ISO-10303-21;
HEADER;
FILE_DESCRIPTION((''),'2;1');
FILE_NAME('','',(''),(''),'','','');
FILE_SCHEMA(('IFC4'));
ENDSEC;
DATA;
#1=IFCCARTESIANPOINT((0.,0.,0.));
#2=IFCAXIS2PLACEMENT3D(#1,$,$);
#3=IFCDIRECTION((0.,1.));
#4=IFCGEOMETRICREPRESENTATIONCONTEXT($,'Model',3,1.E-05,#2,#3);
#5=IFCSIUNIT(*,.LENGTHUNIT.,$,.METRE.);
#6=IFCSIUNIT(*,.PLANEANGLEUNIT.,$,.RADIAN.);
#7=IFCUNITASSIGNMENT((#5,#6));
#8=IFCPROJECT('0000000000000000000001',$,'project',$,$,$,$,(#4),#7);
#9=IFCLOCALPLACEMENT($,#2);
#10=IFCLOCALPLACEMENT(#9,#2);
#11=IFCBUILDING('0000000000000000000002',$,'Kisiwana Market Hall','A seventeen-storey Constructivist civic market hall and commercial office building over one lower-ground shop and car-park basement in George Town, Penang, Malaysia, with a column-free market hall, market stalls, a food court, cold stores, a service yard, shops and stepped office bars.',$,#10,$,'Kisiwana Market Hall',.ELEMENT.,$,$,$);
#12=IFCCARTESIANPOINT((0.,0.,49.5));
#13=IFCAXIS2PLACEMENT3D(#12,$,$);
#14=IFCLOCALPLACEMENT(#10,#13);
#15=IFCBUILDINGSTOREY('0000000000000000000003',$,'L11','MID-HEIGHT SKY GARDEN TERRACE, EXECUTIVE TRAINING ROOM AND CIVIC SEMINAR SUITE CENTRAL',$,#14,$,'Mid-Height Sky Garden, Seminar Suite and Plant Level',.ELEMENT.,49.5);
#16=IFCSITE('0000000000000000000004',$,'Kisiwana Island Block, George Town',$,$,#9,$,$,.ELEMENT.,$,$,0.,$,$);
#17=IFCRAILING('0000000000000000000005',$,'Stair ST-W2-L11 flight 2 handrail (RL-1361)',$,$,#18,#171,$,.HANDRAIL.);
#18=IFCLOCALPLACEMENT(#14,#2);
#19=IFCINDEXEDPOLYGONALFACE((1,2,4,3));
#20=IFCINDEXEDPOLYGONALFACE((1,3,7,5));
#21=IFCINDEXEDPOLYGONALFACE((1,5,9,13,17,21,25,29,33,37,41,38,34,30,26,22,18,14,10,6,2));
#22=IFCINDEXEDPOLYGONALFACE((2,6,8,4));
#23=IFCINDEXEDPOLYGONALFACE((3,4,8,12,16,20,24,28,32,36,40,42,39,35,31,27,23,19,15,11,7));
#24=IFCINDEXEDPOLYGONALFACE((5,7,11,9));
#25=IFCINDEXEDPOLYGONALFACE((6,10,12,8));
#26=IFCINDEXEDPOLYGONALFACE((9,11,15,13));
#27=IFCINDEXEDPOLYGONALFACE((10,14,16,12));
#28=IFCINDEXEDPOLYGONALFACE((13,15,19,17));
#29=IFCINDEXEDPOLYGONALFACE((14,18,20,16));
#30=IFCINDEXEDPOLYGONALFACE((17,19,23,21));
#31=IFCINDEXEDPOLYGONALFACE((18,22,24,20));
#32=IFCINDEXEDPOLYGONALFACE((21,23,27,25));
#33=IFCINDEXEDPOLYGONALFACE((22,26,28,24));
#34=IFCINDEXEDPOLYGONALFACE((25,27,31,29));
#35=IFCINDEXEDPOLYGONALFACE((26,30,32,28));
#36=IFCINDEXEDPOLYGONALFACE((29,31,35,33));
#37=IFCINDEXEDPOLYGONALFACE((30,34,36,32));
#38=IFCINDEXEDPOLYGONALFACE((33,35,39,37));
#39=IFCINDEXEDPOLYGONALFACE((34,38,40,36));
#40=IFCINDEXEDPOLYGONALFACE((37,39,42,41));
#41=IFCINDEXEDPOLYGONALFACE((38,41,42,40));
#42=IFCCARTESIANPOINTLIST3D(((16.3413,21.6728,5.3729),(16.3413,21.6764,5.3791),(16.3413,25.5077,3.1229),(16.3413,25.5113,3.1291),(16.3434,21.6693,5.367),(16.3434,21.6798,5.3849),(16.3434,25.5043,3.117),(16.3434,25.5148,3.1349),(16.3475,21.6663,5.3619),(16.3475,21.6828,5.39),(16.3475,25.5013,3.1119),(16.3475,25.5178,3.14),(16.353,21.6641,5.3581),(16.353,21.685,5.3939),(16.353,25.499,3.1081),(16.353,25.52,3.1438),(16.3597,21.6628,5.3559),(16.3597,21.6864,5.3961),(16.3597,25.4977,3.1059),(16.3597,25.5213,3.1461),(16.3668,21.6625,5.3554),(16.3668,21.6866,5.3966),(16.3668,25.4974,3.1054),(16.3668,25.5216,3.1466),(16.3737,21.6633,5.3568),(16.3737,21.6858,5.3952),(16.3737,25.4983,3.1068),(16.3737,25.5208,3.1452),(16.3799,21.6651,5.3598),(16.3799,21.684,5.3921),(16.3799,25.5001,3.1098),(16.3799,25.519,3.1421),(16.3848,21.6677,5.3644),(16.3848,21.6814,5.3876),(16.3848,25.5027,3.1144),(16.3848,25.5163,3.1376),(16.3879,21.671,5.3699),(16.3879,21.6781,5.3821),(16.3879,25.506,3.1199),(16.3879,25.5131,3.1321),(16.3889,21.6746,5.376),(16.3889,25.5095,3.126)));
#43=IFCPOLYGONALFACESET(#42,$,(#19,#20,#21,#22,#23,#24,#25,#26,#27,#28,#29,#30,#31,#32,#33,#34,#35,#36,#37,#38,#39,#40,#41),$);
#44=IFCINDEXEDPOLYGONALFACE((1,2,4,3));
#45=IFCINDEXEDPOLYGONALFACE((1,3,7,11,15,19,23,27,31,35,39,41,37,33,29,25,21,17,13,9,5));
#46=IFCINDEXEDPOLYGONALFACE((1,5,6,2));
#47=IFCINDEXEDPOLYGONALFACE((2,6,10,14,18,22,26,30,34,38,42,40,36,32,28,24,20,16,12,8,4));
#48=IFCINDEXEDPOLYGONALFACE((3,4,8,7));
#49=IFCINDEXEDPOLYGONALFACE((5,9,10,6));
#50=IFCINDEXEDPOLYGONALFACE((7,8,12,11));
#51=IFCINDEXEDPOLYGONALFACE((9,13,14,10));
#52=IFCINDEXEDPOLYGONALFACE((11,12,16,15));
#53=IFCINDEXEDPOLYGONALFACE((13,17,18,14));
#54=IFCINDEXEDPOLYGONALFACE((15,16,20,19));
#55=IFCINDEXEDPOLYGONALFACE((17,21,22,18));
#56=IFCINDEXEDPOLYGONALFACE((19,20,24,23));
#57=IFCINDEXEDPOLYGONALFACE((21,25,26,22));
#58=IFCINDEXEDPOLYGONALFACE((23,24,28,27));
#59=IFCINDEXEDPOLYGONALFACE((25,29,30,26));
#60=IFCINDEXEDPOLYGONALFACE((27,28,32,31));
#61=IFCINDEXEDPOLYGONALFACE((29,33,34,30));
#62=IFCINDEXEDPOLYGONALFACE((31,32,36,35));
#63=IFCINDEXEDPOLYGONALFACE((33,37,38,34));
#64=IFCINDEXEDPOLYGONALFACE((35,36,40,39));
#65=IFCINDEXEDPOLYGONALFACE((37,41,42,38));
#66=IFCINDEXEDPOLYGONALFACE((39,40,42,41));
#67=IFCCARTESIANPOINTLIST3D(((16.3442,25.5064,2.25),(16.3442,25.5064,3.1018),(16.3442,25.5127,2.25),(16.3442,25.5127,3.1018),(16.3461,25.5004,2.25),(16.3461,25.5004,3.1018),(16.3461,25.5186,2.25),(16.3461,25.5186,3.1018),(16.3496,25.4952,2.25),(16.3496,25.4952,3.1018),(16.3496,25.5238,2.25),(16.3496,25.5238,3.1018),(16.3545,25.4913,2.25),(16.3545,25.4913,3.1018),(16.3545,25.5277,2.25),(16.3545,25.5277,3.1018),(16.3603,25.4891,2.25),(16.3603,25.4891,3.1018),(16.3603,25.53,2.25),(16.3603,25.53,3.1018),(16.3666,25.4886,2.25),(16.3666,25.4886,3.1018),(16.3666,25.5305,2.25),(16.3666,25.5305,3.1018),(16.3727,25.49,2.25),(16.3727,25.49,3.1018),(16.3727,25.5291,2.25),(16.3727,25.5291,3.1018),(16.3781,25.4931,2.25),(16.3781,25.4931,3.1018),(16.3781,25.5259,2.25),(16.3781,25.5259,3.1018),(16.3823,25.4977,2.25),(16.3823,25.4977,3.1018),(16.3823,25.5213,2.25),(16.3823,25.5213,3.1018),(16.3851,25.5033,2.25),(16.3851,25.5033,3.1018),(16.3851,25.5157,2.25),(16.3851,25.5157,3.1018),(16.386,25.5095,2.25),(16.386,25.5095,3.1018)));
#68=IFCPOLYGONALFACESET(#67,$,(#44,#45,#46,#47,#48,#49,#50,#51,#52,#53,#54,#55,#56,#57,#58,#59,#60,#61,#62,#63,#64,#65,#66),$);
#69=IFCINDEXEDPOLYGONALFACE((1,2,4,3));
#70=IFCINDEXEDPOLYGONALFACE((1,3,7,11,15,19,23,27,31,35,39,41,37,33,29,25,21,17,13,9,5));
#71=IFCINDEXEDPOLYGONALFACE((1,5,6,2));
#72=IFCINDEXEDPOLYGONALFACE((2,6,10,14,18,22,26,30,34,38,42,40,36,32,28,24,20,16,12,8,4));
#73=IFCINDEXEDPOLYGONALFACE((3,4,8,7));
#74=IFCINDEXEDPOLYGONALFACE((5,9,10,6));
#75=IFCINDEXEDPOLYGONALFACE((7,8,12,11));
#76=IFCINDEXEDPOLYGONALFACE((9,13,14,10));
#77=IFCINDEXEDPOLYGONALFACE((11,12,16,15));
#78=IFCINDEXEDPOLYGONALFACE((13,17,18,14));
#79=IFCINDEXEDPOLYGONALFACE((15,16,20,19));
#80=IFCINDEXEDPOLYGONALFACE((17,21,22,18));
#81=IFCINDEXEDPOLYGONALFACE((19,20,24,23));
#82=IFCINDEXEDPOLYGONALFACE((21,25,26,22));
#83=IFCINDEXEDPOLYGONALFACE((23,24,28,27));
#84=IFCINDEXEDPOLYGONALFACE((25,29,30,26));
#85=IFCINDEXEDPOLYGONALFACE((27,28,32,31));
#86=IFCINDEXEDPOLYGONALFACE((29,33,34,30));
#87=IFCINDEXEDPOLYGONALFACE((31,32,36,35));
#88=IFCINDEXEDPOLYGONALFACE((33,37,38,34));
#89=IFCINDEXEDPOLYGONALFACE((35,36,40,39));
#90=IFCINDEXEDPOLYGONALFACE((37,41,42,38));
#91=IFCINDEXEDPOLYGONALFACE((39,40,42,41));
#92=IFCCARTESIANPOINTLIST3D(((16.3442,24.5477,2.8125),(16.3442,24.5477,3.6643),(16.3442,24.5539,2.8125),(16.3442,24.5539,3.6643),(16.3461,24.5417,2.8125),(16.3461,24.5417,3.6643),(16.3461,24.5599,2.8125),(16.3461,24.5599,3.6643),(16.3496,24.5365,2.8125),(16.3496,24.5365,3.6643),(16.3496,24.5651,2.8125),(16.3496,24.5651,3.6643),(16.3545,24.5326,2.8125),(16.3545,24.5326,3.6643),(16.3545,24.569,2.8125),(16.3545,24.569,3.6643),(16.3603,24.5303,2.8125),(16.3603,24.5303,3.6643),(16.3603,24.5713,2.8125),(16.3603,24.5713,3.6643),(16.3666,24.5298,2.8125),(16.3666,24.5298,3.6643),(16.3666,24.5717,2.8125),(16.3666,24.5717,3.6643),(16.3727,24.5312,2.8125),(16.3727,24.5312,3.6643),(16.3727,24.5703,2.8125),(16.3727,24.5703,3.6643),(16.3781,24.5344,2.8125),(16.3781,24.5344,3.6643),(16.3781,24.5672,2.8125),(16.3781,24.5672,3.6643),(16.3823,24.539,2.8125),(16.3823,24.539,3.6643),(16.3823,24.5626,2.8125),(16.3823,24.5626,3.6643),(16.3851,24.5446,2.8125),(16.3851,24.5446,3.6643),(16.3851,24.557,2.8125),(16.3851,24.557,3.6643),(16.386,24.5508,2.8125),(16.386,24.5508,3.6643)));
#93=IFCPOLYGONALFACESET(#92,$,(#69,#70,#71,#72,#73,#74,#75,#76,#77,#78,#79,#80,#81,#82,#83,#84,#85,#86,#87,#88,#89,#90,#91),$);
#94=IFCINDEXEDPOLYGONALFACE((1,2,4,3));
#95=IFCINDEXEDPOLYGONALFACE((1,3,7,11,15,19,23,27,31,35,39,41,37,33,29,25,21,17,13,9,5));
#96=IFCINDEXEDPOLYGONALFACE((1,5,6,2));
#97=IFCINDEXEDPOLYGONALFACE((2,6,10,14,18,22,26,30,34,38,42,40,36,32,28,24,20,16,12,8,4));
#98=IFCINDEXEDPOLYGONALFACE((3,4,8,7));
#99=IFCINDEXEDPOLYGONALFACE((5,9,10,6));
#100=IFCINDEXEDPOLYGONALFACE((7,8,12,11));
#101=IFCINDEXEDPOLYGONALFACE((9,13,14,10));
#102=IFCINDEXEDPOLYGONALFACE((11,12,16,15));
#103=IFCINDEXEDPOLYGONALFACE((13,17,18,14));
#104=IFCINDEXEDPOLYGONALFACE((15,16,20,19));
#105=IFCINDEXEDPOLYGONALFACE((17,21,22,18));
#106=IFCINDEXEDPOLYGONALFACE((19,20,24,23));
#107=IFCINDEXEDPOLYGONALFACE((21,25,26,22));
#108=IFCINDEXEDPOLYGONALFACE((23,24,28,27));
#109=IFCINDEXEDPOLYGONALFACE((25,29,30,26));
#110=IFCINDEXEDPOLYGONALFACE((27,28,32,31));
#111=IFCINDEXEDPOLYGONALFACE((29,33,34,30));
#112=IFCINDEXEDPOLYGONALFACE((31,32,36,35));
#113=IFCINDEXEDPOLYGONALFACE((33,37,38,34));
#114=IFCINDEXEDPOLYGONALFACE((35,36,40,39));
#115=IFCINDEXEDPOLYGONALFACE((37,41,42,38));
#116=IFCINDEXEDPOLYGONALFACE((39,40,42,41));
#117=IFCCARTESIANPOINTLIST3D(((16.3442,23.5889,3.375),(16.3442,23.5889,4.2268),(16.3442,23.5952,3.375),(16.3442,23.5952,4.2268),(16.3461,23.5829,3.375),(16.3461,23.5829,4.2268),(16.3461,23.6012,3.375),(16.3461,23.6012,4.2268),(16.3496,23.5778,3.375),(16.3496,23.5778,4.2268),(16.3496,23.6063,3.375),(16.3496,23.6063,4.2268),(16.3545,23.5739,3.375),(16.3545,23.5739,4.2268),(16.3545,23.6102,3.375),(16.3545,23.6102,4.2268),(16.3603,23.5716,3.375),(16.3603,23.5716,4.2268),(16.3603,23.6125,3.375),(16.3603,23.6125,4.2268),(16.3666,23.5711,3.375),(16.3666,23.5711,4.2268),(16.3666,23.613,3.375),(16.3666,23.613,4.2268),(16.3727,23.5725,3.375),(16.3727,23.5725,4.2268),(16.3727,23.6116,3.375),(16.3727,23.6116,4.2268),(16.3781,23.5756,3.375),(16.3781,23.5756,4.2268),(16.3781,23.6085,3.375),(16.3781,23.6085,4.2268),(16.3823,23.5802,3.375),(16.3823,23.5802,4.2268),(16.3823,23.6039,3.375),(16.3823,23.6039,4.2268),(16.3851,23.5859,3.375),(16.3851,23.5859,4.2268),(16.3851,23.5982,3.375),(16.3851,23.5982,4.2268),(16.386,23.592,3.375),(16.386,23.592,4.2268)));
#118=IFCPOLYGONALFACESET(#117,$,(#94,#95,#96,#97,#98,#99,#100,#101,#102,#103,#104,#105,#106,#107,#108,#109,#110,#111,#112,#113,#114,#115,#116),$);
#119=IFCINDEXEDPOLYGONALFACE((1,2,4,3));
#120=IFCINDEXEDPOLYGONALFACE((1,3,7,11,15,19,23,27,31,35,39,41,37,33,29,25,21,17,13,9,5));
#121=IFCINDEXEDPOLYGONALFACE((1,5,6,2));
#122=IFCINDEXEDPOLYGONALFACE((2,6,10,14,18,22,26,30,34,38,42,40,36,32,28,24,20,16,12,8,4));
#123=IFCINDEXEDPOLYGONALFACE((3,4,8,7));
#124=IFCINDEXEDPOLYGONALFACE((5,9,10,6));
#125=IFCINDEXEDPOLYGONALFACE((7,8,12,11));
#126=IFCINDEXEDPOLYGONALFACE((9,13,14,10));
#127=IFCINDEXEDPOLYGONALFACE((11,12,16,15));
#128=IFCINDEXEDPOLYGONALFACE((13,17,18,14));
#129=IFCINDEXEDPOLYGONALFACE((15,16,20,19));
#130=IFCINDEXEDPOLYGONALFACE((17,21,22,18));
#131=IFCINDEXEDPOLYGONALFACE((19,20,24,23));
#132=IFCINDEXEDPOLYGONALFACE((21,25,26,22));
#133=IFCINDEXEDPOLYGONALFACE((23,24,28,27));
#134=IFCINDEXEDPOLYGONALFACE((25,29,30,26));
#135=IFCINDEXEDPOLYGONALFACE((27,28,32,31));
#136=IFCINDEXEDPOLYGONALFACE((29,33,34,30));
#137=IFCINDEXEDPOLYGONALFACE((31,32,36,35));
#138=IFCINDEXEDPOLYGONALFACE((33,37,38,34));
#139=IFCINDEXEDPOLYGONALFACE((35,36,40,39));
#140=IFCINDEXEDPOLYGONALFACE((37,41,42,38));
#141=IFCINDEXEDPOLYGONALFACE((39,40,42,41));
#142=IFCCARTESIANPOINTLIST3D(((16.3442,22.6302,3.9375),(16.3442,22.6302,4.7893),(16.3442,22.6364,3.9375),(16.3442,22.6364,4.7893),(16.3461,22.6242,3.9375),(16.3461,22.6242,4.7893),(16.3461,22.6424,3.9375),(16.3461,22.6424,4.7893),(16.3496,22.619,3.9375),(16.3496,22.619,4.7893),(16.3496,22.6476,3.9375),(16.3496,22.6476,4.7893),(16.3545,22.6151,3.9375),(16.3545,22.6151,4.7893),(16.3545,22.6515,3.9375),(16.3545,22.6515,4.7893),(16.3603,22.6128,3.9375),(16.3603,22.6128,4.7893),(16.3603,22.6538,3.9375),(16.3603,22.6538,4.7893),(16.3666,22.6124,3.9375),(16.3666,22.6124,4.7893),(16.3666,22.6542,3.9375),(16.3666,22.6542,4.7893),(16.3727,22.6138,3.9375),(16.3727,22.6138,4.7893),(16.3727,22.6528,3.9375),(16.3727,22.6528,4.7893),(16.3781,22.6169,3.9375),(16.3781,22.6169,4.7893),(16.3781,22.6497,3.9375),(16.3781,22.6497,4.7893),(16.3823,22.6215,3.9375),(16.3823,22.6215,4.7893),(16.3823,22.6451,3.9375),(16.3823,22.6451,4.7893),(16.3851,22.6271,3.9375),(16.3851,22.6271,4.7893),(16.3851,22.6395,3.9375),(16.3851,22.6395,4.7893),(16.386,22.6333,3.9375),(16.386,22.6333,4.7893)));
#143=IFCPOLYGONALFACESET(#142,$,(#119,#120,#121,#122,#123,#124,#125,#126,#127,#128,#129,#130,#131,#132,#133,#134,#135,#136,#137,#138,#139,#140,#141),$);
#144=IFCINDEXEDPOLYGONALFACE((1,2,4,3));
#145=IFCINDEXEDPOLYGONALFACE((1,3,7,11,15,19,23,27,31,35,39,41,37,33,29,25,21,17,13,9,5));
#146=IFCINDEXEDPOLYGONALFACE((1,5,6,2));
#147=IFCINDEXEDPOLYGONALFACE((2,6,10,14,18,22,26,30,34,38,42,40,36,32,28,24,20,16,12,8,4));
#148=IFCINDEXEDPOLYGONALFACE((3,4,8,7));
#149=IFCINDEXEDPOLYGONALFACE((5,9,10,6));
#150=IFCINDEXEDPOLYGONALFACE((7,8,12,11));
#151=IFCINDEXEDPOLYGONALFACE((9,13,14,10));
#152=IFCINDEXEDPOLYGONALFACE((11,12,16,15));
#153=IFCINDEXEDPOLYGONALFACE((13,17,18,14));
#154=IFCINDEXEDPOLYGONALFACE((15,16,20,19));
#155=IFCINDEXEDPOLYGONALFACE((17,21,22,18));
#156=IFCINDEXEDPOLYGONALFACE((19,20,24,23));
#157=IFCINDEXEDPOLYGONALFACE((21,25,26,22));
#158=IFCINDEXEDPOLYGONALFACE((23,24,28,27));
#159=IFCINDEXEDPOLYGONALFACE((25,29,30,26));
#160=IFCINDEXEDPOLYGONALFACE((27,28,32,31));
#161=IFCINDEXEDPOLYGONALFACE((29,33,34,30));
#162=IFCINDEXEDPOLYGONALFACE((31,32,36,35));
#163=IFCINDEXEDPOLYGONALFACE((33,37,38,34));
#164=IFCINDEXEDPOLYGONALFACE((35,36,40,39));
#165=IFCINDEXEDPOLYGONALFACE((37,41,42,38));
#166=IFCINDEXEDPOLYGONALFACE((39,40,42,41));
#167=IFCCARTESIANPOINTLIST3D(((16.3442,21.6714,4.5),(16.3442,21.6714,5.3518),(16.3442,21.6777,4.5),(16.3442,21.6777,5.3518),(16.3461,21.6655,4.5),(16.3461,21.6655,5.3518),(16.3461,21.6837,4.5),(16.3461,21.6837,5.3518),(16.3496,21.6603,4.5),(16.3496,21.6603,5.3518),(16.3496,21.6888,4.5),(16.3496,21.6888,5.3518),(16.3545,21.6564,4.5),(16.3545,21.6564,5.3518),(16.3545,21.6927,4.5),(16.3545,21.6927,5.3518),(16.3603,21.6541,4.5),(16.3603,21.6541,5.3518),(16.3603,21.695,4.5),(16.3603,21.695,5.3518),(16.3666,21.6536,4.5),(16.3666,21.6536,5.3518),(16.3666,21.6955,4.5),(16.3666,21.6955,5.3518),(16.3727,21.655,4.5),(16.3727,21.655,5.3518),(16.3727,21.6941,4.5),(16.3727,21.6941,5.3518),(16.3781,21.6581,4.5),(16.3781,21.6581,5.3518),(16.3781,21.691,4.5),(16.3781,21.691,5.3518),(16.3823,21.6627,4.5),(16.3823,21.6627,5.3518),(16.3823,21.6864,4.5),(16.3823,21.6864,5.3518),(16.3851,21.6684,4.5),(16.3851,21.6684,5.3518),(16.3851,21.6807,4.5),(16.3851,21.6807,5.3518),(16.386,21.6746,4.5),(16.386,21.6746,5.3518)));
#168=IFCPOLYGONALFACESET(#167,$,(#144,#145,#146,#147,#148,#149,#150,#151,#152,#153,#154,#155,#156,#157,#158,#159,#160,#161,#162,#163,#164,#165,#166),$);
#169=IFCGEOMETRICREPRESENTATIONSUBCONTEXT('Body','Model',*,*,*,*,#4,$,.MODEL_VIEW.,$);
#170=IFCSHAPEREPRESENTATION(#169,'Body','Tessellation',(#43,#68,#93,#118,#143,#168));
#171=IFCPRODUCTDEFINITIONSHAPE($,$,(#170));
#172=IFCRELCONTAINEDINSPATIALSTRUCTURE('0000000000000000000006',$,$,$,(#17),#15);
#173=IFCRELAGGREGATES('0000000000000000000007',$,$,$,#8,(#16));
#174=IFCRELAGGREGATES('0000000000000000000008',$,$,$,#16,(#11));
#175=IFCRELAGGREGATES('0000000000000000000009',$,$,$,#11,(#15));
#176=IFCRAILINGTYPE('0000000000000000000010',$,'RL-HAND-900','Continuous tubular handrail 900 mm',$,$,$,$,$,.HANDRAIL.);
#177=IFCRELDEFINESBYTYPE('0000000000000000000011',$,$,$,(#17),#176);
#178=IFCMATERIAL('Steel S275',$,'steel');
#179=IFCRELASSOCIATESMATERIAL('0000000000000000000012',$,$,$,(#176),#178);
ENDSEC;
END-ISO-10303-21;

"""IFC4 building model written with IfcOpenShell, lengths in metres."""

from ifc_helpers import new_model, si_unit, direction, frame, origin, origin_2d, place, context, subcontext, project, spatial, circle, extrude, material, type_object, element, save


model = new_model("IFC4")

# Units and contexts
model_context = context("Model", 3, precision=1e-05, world=origin(), true_north=direction((0.0, 1.0)))
body_context = subcontext(model_context, "Body", "Model", "MODEL_VIEW")
ifc_project = project(units=[si_unit("LENGTHUNIT", "METRE"), si_unit("PLANEANGLEUNIT", "RADIAN")], contexts=[model_context])

# Site, building, storey
site_placement = place(None, origin())
site = spatial("IfcSite", under=ifc_project, at=site_placement, Name="Kisiwana Island Block, George Town", CompositionType="ELEMENT", RefElevation=0.0)
building_placement = place(site_placement, origin())
building = spatial("IfcBuilding", under=site, at=building_placement, Name="Kisiwana Market Hall", Description="A seventeen-storey Constructivist civic market hall and commercial office building over one lower-ground shop and car-park basement in George Town, Penang, Malaysia, with a column-free market hall, market stalls, a food court, cold stores, a service yard, shops and stepped office bars.", LongName="Kisiwana Market Hall", CompositionType="ELEMENT")
storey_placement = place(building_placement, frame((0.0, 0.0, 49.5)))
storey = spatial("IfcBuildingStorey", under=building, at=storey_placement, Name="L11", Description="MID-HEIGHT SKY GARDEN TERRACE, EXECUTIVE TRAINING ROOM AND CIVIC SEMINAR SUITE CENTRAL", LongName="Mid-Height Sky Garden, Seminar Suite and Plant Level", CompositionType="ELEMENT", Elevation=49.5)

# Railing
ifc_material_1 = material(Name="Steel S275", Category="steel")
railing_type_1 = type_object("IfcRailingType", Name="RL-HAND-900", Description="Continuous tubular handrail 900 mm", PredefinedType="HANDRAIL", material=ifc_material_1)
for number, where, name in (
    (1, (16.365, 25.5095, 2.25), "Stair ST-W2-L11 flight 2 handrail (RL-1361)"),
):
    element("IfcRailing", number, at=place(storey_placement, frame(where)), inside=storey, type_object=railing_type_1, Name=name, PredefinedType="HANDRAIL", context=body_context, shape_type="SweptSolid", body=[
        extrude(circle(Radius=0.0239, at=origin_2d()), frame((0.0, 0.0, 0.876), z_axis=(0.0, -0.86251, 0.506041), x_axis=(1.0, 0.0, 0.0)), (0.0, 0.0, 1.0), 4.4463),
        extrude(circle(Radius=0.021, at=origin_2d()), origin(), (0.0, 0.0, 1.0), 0.8518),
        extrude(circle(Radius=0.021, at=origin_2d()), frame((0.0, -0.9587, 0.5625)), (0.0, 0.0, 1.0), 0.8518),
        extrude(circle(Radius=0.021, at=origin_2d()), frame((0.0, -1.9175, 1.125)), (0.0, 0.0, 1.0), 0.8518),
        extrude(circle(Radius=0.021, at=origin_2d()), frame((0.0, -2.8762, 1.6875)), (0.0, 0.0, 1.0), 0.8518),
        extrude(circle(Radius=0.021, at=origin_2d()), frame((0.0, -3.835, 2.25)), (0.0, 0.0, 1.0), 0.8518),
    ])

save(model, "model.ifc")
